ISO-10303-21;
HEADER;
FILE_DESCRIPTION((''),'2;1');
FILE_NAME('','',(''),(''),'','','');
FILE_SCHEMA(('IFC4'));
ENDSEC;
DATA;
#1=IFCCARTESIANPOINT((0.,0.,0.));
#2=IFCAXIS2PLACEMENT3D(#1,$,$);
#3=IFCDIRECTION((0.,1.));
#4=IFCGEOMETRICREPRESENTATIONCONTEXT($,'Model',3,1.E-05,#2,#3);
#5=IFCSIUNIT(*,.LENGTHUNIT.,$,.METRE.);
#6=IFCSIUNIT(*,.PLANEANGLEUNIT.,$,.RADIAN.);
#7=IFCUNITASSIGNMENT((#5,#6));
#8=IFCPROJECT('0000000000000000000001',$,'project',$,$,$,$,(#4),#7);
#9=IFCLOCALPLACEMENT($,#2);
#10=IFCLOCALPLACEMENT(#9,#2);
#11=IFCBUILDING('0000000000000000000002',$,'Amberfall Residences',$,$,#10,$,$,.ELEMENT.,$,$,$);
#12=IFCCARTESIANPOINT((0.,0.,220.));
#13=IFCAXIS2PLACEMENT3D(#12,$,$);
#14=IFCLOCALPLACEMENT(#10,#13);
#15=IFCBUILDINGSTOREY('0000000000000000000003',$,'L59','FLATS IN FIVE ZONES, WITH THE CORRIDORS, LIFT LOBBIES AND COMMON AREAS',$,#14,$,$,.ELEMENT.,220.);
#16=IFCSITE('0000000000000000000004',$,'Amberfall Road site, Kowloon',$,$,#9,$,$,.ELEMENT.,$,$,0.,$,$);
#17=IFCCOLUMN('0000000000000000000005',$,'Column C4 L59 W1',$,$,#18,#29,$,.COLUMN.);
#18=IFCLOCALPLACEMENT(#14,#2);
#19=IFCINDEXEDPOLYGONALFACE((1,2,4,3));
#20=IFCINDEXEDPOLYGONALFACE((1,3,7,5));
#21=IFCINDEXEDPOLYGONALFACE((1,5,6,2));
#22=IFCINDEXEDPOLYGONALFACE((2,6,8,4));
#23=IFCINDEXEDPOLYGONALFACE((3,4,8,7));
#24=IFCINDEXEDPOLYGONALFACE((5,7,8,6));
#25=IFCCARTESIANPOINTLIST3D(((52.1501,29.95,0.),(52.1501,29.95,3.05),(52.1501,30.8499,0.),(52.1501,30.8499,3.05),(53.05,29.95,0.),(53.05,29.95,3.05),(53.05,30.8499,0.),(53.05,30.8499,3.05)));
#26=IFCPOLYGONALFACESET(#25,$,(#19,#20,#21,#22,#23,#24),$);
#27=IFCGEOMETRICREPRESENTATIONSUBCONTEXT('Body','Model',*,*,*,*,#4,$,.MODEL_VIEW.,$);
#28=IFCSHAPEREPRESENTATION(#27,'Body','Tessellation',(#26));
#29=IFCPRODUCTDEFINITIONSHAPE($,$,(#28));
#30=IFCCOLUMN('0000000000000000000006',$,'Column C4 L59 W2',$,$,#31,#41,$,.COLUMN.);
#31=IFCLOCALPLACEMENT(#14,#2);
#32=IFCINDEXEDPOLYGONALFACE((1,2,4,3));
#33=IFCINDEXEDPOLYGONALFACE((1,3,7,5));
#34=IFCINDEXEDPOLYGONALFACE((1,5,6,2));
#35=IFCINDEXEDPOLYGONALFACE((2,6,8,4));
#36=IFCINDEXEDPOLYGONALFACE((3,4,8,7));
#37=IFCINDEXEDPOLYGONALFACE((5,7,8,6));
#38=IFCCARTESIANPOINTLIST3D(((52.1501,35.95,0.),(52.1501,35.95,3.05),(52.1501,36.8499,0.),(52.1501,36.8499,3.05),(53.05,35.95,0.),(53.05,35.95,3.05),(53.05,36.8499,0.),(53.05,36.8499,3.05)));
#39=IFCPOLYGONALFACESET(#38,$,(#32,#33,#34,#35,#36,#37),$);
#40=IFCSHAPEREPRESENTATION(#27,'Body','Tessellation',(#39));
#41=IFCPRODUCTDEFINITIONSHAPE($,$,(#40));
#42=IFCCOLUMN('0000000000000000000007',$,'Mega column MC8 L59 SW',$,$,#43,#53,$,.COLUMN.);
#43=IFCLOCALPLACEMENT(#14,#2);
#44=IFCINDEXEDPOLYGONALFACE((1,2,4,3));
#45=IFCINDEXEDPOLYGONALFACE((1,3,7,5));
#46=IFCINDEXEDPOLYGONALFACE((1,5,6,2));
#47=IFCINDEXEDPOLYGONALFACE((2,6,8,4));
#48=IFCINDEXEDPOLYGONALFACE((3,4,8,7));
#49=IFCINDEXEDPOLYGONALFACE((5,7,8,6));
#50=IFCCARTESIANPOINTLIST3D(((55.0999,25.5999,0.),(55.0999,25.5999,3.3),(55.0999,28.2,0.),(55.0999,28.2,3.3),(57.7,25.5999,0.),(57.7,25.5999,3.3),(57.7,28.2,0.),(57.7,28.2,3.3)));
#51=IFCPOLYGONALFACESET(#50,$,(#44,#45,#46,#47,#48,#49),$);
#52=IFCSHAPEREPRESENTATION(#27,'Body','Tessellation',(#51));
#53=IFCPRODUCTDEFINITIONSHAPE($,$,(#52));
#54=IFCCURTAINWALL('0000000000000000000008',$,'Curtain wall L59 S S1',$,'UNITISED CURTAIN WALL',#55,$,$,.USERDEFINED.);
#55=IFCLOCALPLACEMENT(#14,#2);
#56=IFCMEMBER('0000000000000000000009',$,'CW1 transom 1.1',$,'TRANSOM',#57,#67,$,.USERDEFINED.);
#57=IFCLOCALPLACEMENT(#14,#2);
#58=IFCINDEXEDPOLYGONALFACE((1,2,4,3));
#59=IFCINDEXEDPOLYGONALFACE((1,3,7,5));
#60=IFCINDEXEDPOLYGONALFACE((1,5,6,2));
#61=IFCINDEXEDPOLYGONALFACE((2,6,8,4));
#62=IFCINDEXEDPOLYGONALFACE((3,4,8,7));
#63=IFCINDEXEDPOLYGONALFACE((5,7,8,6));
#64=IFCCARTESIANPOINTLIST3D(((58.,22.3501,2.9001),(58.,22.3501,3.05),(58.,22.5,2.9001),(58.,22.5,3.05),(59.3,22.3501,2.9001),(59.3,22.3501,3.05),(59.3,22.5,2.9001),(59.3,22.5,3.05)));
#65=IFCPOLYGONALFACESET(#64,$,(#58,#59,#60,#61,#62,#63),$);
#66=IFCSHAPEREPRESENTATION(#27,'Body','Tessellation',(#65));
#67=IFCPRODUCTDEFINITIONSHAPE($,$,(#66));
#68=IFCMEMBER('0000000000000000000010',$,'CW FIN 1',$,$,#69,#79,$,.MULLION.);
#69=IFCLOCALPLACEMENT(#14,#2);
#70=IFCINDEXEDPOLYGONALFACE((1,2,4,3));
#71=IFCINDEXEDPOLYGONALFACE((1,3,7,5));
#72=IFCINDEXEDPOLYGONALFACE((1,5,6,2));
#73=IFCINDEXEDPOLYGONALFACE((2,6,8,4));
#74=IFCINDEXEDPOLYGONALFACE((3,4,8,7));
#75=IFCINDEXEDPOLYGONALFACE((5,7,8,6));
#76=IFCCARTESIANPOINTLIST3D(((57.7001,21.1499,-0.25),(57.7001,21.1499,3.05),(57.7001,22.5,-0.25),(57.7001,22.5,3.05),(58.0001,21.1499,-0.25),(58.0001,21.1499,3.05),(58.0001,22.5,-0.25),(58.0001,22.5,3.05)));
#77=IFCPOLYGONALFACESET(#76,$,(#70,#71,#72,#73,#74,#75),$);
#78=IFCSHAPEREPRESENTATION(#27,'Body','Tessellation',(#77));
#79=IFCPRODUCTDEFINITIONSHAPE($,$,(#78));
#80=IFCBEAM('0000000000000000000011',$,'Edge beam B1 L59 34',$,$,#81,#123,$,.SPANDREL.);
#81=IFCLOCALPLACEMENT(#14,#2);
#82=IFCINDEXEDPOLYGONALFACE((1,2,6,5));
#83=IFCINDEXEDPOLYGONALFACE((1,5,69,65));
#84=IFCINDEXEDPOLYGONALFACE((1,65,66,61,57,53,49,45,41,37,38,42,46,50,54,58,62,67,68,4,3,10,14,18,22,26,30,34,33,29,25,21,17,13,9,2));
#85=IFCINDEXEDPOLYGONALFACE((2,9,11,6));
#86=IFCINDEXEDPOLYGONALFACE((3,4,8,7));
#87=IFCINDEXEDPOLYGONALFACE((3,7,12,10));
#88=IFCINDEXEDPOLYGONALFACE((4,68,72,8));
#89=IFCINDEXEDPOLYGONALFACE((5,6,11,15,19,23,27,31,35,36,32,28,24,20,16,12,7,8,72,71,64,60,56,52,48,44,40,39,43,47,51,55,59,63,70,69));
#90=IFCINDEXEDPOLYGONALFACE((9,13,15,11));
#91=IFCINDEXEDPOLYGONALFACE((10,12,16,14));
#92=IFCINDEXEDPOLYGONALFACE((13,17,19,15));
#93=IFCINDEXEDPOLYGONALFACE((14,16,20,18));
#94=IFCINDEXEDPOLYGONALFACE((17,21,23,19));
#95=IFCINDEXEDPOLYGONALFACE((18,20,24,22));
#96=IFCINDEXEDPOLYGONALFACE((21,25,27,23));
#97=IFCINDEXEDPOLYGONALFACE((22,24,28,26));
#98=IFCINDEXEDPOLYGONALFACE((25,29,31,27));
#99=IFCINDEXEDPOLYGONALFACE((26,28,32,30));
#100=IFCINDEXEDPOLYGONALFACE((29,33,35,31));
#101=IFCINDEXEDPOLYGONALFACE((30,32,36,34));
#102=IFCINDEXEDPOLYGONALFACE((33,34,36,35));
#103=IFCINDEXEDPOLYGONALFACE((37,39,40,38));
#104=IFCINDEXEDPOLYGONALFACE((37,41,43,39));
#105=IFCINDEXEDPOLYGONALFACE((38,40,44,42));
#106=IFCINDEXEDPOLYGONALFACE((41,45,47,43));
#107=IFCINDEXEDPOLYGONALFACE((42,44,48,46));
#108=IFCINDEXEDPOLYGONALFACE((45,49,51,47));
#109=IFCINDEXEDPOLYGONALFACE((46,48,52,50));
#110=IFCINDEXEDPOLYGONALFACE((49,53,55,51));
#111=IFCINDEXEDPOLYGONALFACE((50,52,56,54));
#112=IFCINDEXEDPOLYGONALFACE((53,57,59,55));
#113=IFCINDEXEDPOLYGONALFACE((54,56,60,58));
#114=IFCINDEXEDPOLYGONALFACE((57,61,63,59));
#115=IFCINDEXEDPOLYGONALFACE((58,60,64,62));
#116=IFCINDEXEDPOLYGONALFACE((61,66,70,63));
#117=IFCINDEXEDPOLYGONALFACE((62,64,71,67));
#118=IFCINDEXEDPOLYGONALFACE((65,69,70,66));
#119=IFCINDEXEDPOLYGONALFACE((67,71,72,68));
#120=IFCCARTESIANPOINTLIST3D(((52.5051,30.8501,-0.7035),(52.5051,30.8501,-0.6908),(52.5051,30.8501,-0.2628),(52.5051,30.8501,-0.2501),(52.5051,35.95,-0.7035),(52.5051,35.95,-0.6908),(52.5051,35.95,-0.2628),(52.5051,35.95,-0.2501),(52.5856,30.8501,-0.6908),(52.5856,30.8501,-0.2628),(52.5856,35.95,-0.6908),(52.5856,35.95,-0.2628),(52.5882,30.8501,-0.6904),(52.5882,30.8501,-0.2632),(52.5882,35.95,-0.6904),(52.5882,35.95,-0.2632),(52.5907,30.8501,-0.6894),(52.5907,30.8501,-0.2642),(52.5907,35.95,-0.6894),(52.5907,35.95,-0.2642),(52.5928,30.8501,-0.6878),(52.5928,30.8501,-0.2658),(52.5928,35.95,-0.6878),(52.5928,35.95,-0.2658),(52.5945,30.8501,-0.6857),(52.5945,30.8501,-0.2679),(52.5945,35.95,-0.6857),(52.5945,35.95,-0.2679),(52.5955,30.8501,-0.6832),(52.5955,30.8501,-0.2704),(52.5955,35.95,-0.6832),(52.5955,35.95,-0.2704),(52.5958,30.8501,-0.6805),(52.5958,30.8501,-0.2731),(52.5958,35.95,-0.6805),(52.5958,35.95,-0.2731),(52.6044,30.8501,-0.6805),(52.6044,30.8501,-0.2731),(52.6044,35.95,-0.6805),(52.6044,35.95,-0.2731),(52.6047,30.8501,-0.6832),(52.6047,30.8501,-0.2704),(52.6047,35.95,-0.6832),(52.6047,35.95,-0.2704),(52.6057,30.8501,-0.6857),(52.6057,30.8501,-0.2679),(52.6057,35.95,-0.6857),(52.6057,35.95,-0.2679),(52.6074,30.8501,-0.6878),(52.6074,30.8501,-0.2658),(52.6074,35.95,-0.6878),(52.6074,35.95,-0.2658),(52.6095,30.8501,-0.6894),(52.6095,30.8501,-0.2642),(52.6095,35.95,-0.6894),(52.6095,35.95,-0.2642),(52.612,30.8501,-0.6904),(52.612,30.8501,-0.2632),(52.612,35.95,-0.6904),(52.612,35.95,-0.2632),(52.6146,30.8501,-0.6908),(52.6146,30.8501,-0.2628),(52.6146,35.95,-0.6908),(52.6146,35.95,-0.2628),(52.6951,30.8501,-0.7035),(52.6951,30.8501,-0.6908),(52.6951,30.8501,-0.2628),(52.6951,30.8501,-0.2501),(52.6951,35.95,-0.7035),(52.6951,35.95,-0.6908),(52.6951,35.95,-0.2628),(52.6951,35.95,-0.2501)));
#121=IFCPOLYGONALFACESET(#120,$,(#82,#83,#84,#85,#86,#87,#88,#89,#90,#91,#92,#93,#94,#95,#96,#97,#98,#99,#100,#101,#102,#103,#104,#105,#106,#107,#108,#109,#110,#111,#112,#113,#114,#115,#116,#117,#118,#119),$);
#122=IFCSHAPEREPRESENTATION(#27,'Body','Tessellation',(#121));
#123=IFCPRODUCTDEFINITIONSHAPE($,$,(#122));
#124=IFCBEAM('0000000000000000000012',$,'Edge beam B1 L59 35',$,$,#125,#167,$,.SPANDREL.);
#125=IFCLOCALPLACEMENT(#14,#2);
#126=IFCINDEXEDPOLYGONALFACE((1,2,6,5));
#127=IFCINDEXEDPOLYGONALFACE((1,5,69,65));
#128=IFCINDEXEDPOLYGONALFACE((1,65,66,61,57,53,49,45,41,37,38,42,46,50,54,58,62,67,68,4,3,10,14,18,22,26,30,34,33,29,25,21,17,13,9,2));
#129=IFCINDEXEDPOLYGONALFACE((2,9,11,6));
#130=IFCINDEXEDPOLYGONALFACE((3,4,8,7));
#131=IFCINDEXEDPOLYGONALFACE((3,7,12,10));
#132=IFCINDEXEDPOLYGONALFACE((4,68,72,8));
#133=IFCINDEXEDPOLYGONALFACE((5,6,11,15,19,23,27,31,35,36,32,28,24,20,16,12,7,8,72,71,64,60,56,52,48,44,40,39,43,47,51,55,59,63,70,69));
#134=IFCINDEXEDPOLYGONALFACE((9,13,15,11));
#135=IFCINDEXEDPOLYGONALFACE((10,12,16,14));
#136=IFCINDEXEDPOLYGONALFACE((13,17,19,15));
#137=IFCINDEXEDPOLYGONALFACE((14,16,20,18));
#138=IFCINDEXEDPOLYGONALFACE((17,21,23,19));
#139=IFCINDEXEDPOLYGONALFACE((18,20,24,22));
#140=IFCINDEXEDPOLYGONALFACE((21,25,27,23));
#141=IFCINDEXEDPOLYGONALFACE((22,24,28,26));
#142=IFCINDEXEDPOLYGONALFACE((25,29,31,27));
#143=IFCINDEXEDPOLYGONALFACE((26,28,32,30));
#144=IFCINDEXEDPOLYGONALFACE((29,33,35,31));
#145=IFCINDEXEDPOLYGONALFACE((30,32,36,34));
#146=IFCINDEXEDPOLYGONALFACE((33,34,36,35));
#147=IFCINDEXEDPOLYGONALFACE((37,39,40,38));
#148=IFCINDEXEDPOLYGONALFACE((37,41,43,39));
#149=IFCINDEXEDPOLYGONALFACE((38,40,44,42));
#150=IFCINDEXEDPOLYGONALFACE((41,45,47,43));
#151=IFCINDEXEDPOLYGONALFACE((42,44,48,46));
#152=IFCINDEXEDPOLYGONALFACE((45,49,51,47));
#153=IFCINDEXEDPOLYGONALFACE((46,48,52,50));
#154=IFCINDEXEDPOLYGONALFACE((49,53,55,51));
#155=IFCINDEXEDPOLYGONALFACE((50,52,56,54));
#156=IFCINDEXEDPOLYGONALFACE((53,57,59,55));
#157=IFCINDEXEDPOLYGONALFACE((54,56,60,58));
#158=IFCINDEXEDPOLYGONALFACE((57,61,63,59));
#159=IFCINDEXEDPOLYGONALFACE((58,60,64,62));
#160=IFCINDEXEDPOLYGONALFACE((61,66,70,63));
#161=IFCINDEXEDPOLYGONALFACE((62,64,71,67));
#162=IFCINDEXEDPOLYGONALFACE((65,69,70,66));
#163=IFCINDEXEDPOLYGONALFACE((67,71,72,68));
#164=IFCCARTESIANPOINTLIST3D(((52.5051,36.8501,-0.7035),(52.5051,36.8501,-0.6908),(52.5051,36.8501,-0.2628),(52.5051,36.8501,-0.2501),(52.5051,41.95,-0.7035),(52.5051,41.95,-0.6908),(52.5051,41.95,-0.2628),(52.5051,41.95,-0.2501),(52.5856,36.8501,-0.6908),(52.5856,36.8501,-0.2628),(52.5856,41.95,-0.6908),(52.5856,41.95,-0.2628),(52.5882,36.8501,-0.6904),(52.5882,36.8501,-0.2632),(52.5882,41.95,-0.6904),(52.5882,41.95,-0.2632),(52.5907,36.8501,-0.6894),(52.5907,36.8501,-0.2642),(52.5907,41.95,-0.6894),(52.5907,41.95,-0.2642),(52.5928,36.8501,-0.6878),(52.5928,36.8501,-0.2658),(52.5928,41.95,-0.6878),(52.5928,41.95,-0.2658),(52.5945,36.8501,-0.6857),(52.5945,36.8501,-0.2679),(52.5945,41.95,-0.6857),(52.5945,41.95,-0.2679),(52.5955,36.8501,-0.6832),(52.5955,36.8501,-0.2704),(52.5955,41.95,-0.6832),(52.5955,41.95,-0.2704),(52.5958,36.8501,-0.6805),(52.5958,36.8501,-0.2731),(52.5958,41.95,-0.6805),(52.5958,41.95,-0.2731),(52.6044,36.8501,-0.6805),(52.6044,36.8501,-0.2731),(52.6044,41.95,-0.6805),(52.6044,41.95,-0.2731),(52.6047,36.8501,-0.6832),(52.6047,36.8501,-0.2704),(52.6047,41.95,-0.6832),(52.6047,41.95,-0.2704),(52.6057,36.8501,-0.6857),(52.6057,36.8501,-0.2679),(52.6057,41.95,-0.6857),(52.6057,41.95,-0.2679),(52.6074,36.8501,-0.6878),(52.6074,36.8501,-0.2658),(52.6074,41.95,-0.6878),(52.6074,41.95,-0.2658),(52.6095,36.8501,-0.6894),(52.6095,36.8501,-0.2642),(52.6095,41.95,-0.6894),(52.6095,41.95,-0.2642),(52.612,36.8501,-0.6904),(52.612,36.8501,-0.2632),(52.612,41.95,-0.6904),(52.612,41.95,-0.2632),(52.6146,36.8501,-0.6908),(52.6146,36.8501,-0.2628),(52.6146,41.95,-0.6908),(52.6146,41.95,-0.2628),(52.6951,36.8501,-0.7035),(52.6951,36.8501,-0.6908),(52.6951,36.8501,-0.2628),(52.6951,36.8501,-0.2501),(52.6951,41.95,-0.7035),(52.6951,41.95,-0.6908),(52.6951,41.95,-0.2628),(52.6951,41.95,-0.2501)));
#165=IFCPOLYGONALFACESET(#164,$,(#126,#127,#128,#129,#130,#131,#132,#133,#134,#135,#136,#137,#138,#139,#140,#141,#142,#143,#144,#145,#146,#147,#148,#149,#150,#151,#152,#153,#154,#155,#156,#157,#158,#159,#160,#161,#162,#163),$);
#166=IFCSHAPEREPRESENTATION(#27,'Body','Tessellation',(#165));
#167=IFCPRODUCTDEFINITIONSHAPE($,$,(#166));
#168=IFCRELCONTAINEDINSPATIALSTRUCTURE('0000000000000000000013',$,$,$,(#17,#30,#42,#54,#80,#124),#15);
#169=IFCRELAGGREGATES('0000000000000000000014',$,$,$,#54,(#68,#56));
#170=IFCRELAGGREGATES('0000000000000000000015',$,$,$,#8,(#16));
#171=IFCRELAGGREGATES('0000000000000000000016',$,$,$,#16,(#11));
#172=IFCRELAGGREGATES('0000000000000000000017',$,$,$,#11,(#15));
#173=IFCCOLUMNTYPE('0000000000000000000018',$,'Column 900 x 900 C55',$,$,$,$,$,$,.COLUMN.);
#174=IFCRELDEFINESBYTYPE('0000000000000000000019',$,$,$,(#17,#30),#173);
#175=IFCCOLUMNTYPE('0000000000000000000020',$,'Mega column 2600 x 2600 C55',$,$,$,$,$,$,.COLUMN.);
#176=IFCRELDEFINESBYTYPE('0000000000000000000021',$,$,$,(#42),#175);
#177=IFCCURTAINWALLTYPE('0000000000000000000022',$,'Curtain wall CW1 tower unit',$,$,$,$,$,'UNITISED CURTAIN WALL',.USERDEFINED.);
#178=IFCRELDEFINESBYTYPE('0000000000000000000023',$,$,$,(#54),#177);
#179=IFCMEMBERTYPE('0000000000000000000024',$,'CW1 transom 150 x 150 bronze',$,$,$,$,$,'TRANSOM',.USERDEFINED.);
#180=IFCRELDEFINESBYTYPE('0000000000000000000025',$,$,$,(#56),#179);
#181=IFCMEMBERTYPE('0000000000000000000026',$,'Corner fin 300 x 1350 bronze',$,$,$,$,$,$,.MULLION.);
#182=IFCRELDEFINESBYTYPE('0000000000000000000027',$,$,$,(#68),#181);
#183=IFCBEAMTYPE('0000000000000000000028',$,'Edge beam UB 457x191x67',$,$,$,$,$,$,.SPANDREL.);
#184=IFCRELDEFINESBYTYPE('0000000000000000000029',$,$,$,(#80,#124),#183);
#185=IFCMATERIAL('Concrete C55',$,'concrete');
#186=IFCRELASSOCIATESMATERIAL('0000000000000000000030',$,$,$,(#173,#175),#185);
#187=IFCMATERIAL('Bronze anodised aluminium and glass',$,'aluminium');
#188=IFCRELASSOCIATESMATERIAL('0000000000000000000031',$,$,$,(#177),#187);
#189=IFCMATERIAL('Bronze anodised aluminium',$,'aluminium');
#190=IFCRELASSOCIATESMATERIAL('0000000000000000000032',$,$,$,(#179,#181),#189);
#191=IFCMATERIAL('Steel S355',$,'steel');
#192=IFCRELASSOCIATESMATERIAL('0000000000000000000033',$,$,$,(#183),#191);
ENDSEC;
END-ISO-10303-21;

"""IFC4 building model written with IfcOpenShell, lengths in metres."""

from ifc_helpers import new_model, si_unit, direction, frame, origin, origin_2d, place, context, subcontext, project, spatial, rectangle, i_section, extrude, material, material_profile, profile_set, type_object, element, aggregate, save


model = new_model("IFC4")

# Units and contexts
model_context = context("Model", 3, precision=1e-05, world=origin(), true_north=direction((0.0, 1.0)))
body_context = subcontext(model_context, "Body", "Model", "MODEL_VIEW")
ifc_project = project(units=[si_unit("LENGTHUNIT", "METRE"), si_unit("PLANEANGLEUNIT", "RADIAN")], contexts=[model_context])

# Site, building, storey
site_placement = place(None, origin())
site = spatial("IfcSite", under=ifc_project, at=site_placement, Name="Amberfall Road site, Kowloon", CompositionType="ELEMENT", RefElevation=0.0)
building_placement = place(site_placement, origin())
building = spatial("IfcBuilding", under=site, at=building_placement, Name="Amberfall Residences", CompositionType="ELEMENT")
storey_placement = place(building_placement, frame((0.0, 0.0, 220.0)))
storey = spatial("IfcBuildingStorey", under=building, at=storey_placement, Name="L59", Description="FLATS IN FIVE ZONES, WITH THE CORRIDORS, LIFT LOBBIES AND COMMON AREAS", CompositionType="ELEMENT", Elevation=220.0)

# Columns
ifc_material_1 = material(Name="Concrete C55", Category="concrete")
ifc_material_profile_1 = material_profile(ifc_material_1, rectangle(XDim=0.8999, YDim=0.8999, at=origin_2d()), Name="Column 900 x 900 C55")
ifc_profile_set_1 = profile_set([ifc_material_profile_1], Name="Concrete C55")
column_type_1 = type_object("IfcColumnType", Name="Column 900 x 900 C55", PredefinedType="COLUMN", material=ifc_profile_set_1)
for number, where, z_axis, x_axis, name in (
    (1, (52.6001, 30.3999, 0.0), (0.0, 0.0, 1.0), (1.0, 0.0, 0.0), "Column C4 L59 W1"),
    (2, (52.6001, 36.3999, 0.0), (0.0, 0.0, 1.0), (1.0, 0.0, 0.0), "Column C4 L59 W2"),
):
    element("IfcColumn", number, at=place(storey_placement, frame(where, z_axis=z_axis, x_axis=x_axis)), inside=storey, type_object=column_type_1, Name=name, PredefinedType="COLUMN", context=body_context, shape_type="SweptSolid", body=[
        extrude(rectangle(XDim=0.8999, YDim=0.8999, at=origin_2d()), origin(), (0.0, 0.0, 1.0), 3.05),
    ])
ifc_material_profile_2 = material_profile(ifc_material_1, rectangle(XDim=2.6001, YDim=2.6001, at=origin_2d()), Name="Mega column 2600 x 2600 C55")
ifc_profile_set_2 = profile_set([ifc_material_profile_2], Name="Concrete C55")
column_type_2 = type_object("IfcColumnType", Name="Mega column 2600 x 2600 C55", PredefinedType="COLUMN", material=ifc_profile_set_2)
column_placement = place(storey_placement, frame((56.3999, 26.8999, 0.0), z_axis=(0.0, 0.0, 1.0), x_axis=(1.0, 0.0, 0.0)))
element("IfcColumn", 3, at=column_placement, inside=storey, type_object=column_type_2, Name="Mega column MC8 L59 SW", PredefinedType="COLUMN", context=body_context, shape_type="SweptSolid", body=[
    extrude(rectangle(XDim=2.6001, YDim=2.6001, at=origin_2d()), origin(), (0.0, 0.0, 1.0), 3.3),
])

# Curtain wall, members
ifc_material_2 = material(Name="Bronze anodised aluminium and glass", Category="aluminium")
curtain_wall_type = type_object("IfcCurtainWallType", Name="Curtain wall CW1 tower unit", ElementType="UNITISED CURTAIN WALL", PredefinedType="USERDEFINED", material=ifc_material_2)
curtain_wall_placement = place(storey_placement, origin())
curtain_wall = element("IfcCurtainWall", 4, at=curtain_wall_placement, inside=storey, type_object=curtain_wall_type, Name="Curtain wall L59 S S1", ObjectType="UNITISED CURTAIN WALL", PredefinedType="USERDEFINED")
ifc_material_3 = material(Name="Bronze anodised aluminium", Category="aluminium")
ifc_material_profile_3 = material_profile(ifc_material_3, rectangle(XDim=0.1499, YDim=0.1499, at=origin_2d()), Name="CW1 transom 150 x 150 bronze")
ifc_profile_set_3 = profile_set([ifc_material_profile_3], Name="Bronze anodised aluminium")
member_type_1 = type_object("IfcMemberType", Name="CW1 transom 150 x 150 bronze", ElementType="TRANSOM", PredefinedType="USERDEFINED", material=ifc_profile_set_3)
member_1_placement = place(storey_placement, frame((58.0, 22.425, 2.9751), z_axis=(1.0, 0.0, 0.0), x_axis=(0.0, 1.0, 0.0)))
member_1 = element("IfcMember", 5, at=member_1_placement, type_object=member_type_1, Name="CW1 transom 1.1", ObjectType="TRANSOM", PredefinedType="USERDEFINED", context=body_context, shape_type="SweptSolid", body=[
    extrude(rectangle(XDim=0.1499, YDim=0.1499, at=origin_2d()), origin(), (0.0, 0.0, 1.0), 1.3),
])
ifc_material_profile_4 = material_profile(ifc_material_3, rectangle(XDim=1.3501, YDim=0.3, at=origin_2d()), Name="Corner fin 300 x 1350 bronze")
ifc_profile_set_4 = profile_set([ifc_material_profile_4], Name="Bronze anodised aluminium")
member_type_2 = type_object("IfcMemberType", Name="Corner fin 300 x 1350 bronze", PredefinedType="MULLION", material=ifc_profile_set_4)
member_2_placement = place(storey_placement, frame((57.8501, 21.825, -0.25), z_axis=(0.0, 0.0, 1.0), x_axis=(0.0, 1.0, 0.0)))
member_2 = element("IfcMember", 6, at=member_2_placement, type_object=member_type_2, Name="CW FIN 1", PredefinedType="MULLION", context=body_context, shape_type="SweptSolid", body=[
    extrude(rectangle(XDim=1.3501, YDim=0.3, at=origin_2d()), origin(), (0.0, 0.0, 1.0), 3.3),
])

# Beams
ifc_material_4 = material(Name="Steel S355", Category="steel")
ifc_material_profile_5 = material_profile(ifc_material_4, i_section(OverallWidth=0.1899, OverallDepth=0.4534, WebThickness=0.0085, FlangeThickness=0.0127, FilletRadius=0.0103, at=origin_2d()), Name="UB 457x191x67")
ifc_profile_set_5 = profile_set([ifc_material_profile_5], Name="Steel S355")
beam_type_1 = type_object("IfcBeamType", Name="Edge beam UB 457x191x67", PredefinedType="SPANDREL", material=ifc_profile_set_5)
for number, where, z_axis, x_axis, name in (
    (7, (52.6001, 30.8501, -0.4768), (0.0, 1.0, 0.0), (-1.0, 0.0, 0.0), "Edge beam B1 L59 34"),
    (8, (52.6001, 36.8501, -0.4768), (0.0, 1.0, 0.0), (-1.0, 0.0, 0.0), "Edge beam B1 L59 35"),
):
    element("IfcBeam", number, at=place(storey_placement, frame(where, z_axis=z_axis, x_axis=x_axis)), inside=storey, type_object=beam_type_1, Name=name, PredefinedType="SPANDREL", context=body_context, shape_type="SweptSolid", body=[
        extrude(i_section(OverallWidth=0.1899, OverallDepth=0.4534, WebThickness=0.0085, FlangeThickness=0.0127, FilletRadius=0.0103, at=origin_2d()), origin(), (0.0, 0.0, 1.0), 5.0999),
    ])

aggregate(curtain_wall, [member_2, member_1])

save(model, "model.ifc")
